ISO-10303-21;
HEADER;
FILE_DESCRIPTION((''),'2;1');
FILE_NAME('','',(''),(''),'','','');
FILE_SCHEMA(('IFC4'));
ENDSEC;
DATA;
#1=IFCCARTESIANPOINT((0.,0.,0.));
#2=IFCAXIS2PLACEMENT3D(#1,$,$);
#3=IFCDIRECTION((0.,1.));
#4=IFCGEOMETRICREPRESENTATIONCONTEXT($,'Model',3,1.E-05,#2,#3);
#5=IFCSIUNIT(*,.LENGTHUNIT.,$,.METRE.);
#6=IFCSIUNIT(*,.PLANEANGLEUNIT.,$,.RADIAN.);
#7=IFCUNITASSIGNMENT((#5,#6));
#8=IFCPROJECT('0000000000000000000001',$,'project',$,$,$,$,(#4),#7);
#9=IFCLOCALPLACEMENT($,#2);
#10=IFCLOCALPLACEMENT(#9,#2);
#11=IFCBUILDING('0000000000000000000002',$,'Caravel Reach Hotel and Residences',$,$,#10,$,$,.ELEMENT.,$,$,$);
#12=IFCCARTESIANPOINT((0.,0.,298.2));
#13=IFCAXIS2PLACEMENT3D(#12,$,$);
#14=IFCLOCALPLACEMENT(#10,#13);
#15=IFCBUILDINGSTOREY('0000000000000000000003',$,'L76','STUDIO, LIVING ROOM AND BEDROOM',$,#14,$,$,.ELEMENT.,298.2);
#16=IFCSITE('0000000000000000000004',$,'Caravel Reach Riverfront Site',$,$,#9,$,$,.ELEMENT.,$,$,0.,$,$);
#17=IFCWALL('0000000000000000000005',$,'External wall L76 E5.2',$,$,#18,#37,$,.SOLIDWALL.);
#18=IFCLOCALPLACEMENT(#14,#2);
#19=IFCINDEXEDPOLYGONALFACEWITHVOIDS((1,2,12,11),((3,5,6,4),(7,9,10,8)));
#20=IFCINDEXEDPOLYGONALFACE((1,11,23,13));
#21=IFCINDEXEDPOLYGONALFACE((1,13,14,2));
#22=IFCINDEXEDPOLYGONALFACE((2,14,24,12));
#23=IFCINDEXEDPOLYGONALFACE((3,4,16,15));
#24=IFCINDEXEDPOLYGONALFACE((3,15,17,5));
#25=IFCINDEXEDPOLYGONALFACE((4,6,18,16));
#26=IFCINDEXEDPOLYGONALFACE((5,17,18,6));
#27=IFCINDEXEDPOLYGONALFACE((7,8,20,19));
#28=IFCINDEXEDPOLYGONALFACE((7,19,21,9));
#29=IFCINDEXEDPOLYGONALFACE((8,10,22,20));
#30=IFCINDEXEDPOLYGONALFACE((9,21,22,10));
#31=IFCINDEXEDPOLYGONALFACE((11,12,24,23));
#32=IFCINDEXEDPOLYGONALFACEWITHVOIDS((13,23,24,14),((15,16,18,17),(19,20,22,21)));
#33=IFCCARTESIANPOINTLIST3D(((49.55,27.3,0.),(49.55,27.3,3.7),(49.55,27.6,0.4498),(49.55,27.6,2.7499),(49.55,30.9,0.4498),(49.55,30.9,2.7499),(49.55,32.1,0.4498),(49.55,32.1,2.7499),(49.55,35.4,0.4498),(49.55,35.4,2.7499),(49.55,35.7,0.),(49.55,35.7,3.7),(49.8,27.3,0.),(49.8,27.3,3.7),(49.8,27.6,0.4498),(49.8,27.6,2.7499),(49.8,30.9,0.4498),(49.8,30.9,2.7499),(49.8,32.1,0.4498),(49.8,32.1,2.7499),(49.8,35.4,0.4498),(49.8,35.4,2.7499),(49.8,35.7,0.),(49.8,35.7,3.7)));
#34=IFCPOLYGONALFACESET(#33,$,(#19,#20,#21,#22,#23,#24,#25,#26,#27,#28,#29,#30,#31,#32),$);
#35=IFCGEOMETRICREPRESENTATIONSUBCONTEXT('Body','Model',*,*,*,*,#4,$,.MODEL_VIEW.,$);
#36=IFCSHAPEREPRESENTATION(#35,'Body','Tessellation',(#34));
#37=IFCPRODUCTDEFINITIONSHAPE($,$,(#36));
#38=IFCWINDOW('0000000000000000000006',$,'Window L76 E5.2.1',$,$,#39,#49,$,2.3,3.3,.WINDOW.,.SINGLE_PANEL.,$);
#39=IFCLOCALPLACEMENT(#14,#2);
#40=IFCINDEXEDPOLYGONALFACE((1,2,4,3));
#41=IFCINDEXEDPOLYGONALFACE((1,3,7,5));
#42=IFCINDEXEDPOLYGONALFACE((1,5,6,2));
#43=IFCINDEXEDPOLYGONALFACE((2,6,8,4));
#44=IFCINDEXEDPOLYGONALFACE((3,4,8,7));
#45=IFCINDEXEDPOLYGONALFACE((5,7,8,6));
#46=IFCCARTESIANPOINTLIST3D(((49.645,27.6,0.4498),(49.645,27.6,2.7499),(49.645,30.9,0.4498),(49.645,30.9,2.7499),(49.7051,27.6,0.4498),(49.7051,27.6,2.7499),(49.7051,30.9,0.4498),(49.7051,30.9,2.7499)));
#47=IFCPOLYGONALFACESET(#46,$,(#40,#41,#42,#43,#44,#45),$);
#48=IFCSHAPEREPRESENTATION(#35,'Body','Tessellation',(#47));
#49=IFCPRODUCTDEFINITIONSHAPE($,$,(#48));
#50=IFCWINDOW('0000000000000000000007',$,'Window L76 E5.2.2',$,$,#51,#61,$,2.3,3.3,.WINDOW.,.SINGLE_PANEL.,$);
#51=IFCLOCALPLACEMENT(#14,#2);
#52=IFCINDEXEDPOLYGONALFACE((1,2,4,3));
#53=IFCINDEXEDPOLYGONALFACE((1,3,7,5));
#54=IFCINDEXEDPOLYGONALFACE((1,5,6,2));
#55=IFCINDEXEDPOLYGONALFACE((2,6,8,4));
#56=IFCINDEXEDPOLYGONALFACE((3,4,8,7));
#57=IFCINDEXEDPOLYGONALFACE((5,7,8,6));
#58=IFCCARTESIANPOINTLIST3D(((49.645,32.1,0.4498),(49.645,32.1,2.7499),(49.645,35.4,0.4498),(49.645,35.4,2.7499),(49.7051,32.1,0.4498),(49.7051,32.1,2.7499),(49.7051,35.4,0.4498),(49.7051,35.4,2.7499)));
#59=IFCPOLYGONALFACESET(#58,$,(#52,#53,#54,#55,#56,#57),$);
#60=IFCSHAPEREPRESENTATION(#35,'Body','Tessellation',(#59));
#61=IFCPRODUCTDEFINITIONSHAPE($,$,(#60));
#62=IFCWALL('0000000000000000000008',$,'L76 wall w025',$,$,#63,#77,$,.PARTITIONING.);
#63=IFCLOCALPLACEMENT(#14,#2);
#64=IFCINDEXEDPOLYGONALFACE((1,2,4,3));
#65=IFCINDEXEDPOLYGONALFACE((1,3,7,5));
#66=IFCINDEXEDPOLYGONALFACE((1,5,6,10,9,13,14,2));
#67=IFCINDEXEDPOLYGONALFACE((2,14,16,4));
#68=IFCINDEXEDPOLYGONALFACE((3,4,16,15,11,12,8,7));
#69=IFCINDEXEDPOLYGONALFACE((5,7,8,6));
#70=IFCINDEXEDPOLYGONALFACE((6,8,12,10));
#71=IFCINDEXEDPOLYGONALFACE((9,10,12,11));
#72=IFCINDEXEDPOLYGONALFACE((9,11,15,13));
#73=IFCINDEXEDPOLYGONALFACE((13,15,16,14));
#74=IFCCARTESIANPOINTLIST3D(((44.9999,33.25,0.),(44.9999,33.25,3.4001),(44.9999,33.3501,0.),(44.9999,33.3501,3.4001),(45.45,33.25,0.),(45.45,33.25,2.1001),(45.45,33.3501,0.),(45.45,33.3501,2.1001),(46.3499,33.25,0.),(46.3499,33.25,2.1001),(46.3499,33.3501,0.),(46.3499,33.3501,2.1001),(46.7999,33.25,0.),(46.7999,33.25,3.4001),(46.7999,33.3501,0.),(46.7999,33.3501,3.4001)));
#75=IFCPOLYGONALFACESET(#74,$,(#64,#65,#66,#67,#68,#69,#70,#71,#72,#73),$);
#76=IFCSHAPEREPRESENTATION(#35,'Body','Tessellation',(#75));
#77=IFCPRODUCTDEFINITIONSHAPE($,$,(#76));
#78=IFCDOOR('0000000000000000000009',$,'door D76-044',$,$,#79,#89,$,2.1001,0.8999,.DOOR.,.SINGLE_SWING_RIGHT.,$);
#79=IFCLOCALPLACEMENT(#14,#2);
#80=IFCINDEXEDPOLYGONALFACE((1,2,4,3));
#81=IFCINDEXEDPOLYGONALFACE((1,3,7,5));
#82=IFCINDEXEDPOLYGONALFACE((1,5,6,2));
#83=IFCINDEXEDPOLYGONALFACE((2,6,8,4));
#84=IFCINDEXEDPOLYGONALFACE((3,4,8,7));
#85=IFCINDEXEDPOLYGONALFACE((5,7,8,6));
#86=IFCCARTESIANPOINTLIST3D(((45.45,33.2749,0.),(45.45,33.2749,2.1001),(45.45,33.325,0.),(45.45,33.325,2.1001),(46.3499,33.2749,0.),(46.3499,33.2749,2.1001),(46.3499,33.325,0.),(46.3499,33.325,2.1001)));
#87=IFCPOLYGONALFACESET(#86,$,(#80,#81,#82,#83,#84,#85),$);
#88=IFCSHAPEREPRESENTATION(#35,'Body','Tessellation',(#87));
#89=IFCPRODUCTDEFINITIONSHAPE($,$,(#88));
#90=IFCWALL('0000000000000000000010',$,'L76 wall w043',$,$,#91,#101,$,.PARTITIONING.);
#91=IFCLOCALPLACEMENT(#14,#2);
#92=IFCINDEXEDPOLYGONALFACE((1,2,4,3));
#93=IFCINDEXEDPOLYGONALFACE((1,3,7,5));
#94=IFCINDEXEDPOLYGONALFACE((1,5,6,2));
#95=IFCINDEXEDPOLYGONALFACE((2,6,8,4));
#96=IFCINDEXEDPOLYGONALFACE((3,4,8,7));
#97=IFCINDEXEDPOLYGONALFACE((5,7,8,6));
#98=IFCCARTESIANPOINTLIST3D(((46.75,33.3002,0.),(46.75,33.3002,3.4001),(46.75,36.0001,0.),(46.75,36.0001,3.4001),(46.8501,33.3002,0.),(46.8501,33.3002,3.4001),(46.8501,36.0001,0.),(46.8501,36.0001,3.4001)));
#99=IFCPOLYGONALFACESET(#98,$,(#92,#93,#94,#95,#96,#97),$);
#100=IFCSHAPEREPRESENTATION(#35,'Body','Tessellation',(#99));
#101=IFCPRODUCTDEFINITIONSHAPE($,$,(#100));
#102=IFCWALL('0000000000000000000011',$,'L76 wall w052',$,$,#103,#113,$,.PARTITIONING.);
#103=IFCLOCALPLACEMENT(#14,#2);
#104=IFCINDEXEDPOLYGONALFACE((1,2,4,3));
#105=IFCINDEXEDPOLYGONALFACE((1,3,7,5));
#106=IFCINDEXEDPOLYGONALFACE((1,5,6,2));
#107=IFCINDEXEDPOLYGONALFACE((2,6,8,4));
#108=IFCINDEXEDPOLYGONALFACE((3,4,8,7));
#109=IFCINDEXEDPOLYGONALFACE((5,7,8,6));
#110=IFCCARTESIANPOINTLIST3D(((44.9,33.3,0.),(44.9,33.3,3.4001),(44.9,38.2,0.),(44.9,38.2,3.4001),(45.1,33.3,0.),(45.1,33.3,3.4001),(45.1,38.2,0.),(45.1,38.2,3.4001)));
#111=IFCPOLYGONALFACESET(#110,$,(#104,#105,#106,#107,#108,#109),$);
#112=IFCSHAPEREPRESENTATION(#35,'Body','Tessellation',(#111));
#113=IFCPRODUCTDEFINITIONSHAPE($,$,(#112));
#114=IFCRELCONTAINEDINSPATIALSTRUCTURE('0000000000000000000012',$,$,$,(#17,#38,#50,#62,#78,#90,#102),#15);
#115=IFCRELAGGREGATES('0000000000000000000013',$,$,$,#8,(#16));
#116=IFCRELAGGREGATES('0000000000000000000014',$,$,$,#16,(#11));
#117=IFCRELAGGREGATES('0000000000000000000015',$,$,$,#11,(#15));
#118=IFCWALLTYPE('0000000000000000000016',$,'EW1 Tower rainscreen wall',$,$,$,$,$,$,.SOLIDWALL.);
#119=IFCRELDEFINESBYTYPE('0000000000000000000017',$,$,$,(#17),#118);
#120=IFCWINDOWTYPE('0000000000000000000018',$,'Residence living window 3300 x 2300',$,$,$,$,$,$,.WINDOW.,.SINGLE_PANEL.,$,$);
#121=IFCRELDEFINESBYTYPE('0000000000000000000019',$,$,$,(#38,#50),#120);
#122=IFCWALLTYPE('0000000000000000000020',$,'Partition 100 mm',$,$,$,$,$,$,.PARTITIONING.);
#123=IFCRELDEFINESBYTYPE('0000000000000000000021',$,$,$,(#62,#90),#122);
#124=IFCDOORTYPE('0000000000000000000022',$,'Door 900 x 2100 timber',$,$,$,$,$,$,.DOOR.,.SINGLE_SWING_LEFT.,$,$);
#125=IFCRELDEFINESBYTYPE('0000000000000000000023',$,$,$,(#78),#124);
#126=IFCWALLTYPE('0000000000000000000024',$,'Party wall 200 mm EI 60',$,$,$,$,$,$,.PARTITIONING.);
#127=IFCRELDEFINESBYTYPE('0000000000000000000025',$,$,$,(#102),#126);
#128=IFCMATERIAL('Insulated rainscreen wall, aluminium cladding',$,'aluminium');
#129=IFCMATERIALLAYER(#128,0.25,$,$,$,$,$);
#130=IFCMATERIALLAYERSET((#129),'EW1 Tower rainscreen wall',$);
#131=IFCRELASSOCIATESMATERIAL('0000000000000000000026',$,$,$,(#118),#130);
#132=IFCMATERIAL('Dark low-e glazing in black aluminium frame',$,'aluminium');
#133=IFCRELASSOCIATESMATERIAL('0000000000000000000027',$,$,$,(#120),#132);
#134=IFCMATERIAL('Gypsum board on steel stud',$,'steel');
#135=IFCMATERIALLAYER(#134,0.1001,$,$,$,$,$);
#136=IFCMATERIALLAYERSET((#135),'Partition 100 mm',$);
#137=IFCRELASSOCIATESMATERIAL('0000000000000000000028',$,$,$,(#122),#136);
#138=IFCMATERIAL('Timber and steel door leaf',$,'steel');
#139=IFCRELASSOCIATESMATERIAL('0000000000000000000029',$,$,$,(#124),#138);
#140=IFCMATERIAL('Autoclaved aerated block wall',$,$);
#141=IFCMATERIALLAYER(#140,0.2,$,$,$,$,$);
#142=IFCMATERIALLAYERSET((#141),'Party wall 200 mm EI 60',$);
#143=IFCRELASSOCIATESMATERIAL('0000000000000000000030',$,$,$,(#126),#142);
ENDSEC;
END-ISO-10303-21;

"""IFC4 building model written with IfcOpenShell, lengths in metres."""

from ifc_helpers import new_model, si_unit, direction, frame, frame_2d, origin, place, context, subcontext, project, spatial, rectangle, extrude, material, layer, layer_set, type_object, element, fill, save


model = new_model("IFC4")

# Units and contexts
model_context = context("Model", 3, precision=1e-05, world=origin(), true_north=direction((0.0, 1.0)))
body_context = subcontext(model_context, "Body", "Model", "MODEL_VIEW")
ifc_project = project(units=[si_unit("LENGTHUNIT", "METRE"), si_unit("PLANEANGLEUNIT", "RADIAN")], contexts=[model_context])

# Site, building, storey
site_placement = place(None, origin())
site = spatial("IfcSite", under=ifc_project, at=site_placement, Name="Caravel Reach Riverfront Site", CompositionType="ELEMENT", RefElevation=0.0)
building_placement = place(site_placement, origin())
building = spatial("IfcBuilding", under=site, at=building_placement, Name="Caravel Reach Hotel and Residences", CompositionType="ELEMENT")
storey_placement = place(building_placement, frame((0.0, 0.0, 298.2)))
storey = spatial("IfcBuildingStorey", under=building, at=storey_placement, Name="L76", Description="STUDIO, LIVING ROOM AND BEDROOM", CompositionType="ELEMENT", Elevation=298.2)

# Wall, openings, windows
ifc_material_1 = material(Name="Insulated rainscreen wall, aluminium cladding", Category="aluminium")
ifc_layer_1 = layer(ifc_material_1, 0.25)
ifc_layer_set_1 = layer_set([ifc_layer_1], Name="EW1 Tower rainscreen wall")
wall_type_1 = type_object("IfcWallType", Name="EW1 Tower rainscreen wall", PredefinedType="SOLIDWALL", material=ifc_layer_set_1)
wall_1_placement = place(storey_placement, frame((49.675, 27.3, 0.0), z_axis=(0.0, 0.0, 1.0), x_axis=(0.0, 1.0, 0.0)))
wall_1 = element("IfcWall", 1, at=wall_1_placement, inside=storey, type_object=wall_type_1, Name="External wall L76 E5.2", PredefinedType="SOLIDWALL", context=body_context, shape_type="SweptSolid", body=[
    extrude(rectangle(XDim=8.3999, YDim=0.25, at=frame_2d((4.2, 0.0))), origin(), (0.0, 0.0, 1.0), 3.7),
])
opening_1_placement = place(wall_1_placement, frame((0.3, 0.0, 0.45)))
opening_1 = element("IfcOpeningElement", 2, at=opening_1_placement, cuts=wall_1, PredefinedType="OPENING", context=body_context, shape_type="SweptSolid", body=[
    extrude(rectangle(XDim=3.3, YDim=2.3, at=frame_2d((1.6499, 1.1499))), frame((0.0, 0.135, 0.0), z_axis=(0.0, -1.0, 0.0), x_axis=(1.0, 0.0, 0.0)), (0.0, 0.0, 1.0), 0.27),
])
opening_2_placement = place(wall_1_placement, frame((4.8, 0.0, 0.45)))
opening_2 = element("IfcOpeningElement", 3, at=opening_2_placement, cuts=wall_1, PredefinedType="OPENING", context=body_context, shape_type="SweptSolid", body=[
    extrude(rectangle(XDim=3.3, YDim=2.3, at=frame_2d((1.6499, 1.1499))), frame((0.0, 0.135, 0.0), z_axis=(0.0, -1.0, 0.0), x_axis=(1.0, 0.0, 0.0)), (0.0, 0.0, 1.0), 0.27),
])
ifc_material_2 = material(Name="Dark low-e glazing in black aluminium frame", Category="aluminium")
window_type = type_object("IfcWindowType", Name="Residence living window 3300 x 2300", PartitioningType="SINGLE_PANEL", PredefinedType="WINDOW", material=ifc_material_2)
window_1_placement = place(opening_1_placement, origin())
window_1 = element("IfcWindow", 4, at=window_1_placement, inside=storey, type_object=window_type, Name="Window L76 E5.2.1", OverallHeight=2.3, OverallWidth=3.3, PartitioningType="SINGLE_PANEL", PredefinedType="WINDOW", context=body_context, shape_type="SweptSolid", body=[
    extrude(rectangle(XDim=3.3, YDim=2.3, at=frame_2d((1.6499, 1.1499))), frame((0.0, 0.03, 0.0), z_axis=(0.0, -1.0, 0.0), x_axis=(1.0, 0.0, 0.0)), (0.0, 0.0, 1.0), 0.0601),
])
fill(opening_1, window_1)
window_2_placement = place(opening_2_placement, origin())
window_2 = element("IfcWindow", 5, at=window_2_placement, inside=storey, type_object=window_type, Name="Window L76 E5.2.2", OverallHeight=2.3, OverallWidth=3.3, PartitioningType="SINGLE_PANEL", PredefinedType="WINDOW", context=body_context, shape_type="SweptSolid", body=[
    extrude(rectangle(XDim=3.3, YDim=2.3, at=frame_2d((1.6499, 1.1499))), frame((0.0, 0.03, 0.0), z_axis=(0.0, -1.0, 0.0), x_axis=(1.0, 0.0, 0.0)), (0.0, 0.0, 1.0), 0.0601),
])
fill(opening_2, window_2)

# Wall, opening, door
ifc_material_3 = material(Name="Gypsum board on steel stud", Category="steel")
ifc_layer_2 = layer(ifc_material_3, 0.1001)
ifc_layer_set_2 = layer_set([ifc_layer_2], Name="Partition 100 mm")
wall_type_2 = type_object("IfcWallType", Name="Partition 100 mm", PredefinedType="PARTITIONING", material=ifc_layer_set_2)
wall_2_placement = place(storey_placement, frame((45.0, 33.3, 0.0), z_axis=(0.0, 0.0, 1.0), x_axis=(1.0, 0.0, 0.0)))
wall_2 = element("IfcWall", 6, at=wall_2_placement, inside=storey, type_object=wall_type_2, Name="L76 wall w025", PredefinedType="PARTITIONING", context=body_context, shape_type="SweptSolid", body=[
    extrude(rectangle(XDim=1.8, YDim=0.1001, at=frame_2d((0.8999, 0.0))), origin(), (0.0, 0.0, 1.0), 3.4001),
])
opening_3_placement = place(wall_2_placement, frame((0.45, 0.0, 0.0)))
opening_3 = element("IfcOpeningElement", 7, at=opening_3_placement, cuts=wall_2, PredefinedType="OPENING", context=body_context, shape_type="SweptSolid", body=[
    extrude(rectangle(XDim=0.8999, YDim=2.1001, at=frame_2d((0.45, 1.05))), frame((0.0, 0.0601, 0.0), z_axis=(0.0, -1.0, 0.0), x_axis=(1.0, 0.0, 0.0)), (0.0, 0.0, 1.0), 0.1201),
])
ifc_material_4 = material(Name="Timber and steel door leaf", Category="steel")
door_type_1 = type_object("IfcDoorType", Name="Door 900 x 2100 timber", OperationType="SINGLE_SWING_LEFT", PredefinedType="DOOR", material=ifc_material_4)
door_1_placement = place(opening_3_placement, origin())
door_1 = element("IfcDoor", 8, at=door_1_placement, inside=storey, type_object=door_type_1, Name="door D76-044", OperationType="SINGLE_SWING_RIGHT", OverallHeight=2.1001, OverallWidth=0.8999, PredefinedType="DOOR", context=body_context, shape_type="SweptSolid", body=[
    extrude(rectangle(XDim=0.8999, YDim=2.1001, at=frame_2d((0.45, 1.05))), frame((0.0, 0.0249, 0.0), z_axis=(0.0, -1.0, 0.0), x_axis=(1.0, 0.0, 0.0)), (0.0, 0.0, 1.0), 0.05),
])
fill(opening_3, door_1)

# Walls
wall_3_placement = place(storey_placement, frame((46.8, 33.3, 0.0), z_axis=(0.0, 0.0, 1.0), x_axis=(0.0, 1.0, 0.0)))
element("IfcWall", 9, at=wall_3_placement, inside=storey, type_object=wall_type_2, Name="L76 wall w043", PredefinedType="PARTITIONING", context=body_context, shape_type="SweptSolid", body=[
    extrude(rectangle(XDim=2.7, YDim=0.1001, at=frame_2d((1.3501, 0.0))), origin(), (0.0, 0.0, 1.0), 3.4001),
])
ifc_material_5 = material(Name="Autoclaved aerated block wall")
ifc_layer_3 = layer(ifc_material_5, 0.2)
ifc_layer_set_3 = layer_set([ifc_layer_3], Name="Party wall 200 mm EI 60")
wall_type_3 = type_object("IfcWallType", Name="Party wall 200 mm EI 60", PredefinedType="PARTITIONING", material=ifc_layer_set_3)
wall_4_placement = place(storey_placement, frame((45.0, 33.3, 0.0), z_axis=(0.0, 0.0, 1.0), x_axis=(0.0, 1.0, 0.0)))
element("IfcWall", 10, at=wall_4_placement, inside=storey, type_object=wall_type_3, Name="L76 wall w052", PredefinedType="PARTITIONING", context=body_context, shape_type="SweptSolid", body=[
    extrude(rectangle(XDim=4.8999, YDim=0.2, at=frame_2d((2.45, 0.0))), origin(), (0.0, 0.0, 1.0), 3.4001),
])

save(model, "model.ifc")
